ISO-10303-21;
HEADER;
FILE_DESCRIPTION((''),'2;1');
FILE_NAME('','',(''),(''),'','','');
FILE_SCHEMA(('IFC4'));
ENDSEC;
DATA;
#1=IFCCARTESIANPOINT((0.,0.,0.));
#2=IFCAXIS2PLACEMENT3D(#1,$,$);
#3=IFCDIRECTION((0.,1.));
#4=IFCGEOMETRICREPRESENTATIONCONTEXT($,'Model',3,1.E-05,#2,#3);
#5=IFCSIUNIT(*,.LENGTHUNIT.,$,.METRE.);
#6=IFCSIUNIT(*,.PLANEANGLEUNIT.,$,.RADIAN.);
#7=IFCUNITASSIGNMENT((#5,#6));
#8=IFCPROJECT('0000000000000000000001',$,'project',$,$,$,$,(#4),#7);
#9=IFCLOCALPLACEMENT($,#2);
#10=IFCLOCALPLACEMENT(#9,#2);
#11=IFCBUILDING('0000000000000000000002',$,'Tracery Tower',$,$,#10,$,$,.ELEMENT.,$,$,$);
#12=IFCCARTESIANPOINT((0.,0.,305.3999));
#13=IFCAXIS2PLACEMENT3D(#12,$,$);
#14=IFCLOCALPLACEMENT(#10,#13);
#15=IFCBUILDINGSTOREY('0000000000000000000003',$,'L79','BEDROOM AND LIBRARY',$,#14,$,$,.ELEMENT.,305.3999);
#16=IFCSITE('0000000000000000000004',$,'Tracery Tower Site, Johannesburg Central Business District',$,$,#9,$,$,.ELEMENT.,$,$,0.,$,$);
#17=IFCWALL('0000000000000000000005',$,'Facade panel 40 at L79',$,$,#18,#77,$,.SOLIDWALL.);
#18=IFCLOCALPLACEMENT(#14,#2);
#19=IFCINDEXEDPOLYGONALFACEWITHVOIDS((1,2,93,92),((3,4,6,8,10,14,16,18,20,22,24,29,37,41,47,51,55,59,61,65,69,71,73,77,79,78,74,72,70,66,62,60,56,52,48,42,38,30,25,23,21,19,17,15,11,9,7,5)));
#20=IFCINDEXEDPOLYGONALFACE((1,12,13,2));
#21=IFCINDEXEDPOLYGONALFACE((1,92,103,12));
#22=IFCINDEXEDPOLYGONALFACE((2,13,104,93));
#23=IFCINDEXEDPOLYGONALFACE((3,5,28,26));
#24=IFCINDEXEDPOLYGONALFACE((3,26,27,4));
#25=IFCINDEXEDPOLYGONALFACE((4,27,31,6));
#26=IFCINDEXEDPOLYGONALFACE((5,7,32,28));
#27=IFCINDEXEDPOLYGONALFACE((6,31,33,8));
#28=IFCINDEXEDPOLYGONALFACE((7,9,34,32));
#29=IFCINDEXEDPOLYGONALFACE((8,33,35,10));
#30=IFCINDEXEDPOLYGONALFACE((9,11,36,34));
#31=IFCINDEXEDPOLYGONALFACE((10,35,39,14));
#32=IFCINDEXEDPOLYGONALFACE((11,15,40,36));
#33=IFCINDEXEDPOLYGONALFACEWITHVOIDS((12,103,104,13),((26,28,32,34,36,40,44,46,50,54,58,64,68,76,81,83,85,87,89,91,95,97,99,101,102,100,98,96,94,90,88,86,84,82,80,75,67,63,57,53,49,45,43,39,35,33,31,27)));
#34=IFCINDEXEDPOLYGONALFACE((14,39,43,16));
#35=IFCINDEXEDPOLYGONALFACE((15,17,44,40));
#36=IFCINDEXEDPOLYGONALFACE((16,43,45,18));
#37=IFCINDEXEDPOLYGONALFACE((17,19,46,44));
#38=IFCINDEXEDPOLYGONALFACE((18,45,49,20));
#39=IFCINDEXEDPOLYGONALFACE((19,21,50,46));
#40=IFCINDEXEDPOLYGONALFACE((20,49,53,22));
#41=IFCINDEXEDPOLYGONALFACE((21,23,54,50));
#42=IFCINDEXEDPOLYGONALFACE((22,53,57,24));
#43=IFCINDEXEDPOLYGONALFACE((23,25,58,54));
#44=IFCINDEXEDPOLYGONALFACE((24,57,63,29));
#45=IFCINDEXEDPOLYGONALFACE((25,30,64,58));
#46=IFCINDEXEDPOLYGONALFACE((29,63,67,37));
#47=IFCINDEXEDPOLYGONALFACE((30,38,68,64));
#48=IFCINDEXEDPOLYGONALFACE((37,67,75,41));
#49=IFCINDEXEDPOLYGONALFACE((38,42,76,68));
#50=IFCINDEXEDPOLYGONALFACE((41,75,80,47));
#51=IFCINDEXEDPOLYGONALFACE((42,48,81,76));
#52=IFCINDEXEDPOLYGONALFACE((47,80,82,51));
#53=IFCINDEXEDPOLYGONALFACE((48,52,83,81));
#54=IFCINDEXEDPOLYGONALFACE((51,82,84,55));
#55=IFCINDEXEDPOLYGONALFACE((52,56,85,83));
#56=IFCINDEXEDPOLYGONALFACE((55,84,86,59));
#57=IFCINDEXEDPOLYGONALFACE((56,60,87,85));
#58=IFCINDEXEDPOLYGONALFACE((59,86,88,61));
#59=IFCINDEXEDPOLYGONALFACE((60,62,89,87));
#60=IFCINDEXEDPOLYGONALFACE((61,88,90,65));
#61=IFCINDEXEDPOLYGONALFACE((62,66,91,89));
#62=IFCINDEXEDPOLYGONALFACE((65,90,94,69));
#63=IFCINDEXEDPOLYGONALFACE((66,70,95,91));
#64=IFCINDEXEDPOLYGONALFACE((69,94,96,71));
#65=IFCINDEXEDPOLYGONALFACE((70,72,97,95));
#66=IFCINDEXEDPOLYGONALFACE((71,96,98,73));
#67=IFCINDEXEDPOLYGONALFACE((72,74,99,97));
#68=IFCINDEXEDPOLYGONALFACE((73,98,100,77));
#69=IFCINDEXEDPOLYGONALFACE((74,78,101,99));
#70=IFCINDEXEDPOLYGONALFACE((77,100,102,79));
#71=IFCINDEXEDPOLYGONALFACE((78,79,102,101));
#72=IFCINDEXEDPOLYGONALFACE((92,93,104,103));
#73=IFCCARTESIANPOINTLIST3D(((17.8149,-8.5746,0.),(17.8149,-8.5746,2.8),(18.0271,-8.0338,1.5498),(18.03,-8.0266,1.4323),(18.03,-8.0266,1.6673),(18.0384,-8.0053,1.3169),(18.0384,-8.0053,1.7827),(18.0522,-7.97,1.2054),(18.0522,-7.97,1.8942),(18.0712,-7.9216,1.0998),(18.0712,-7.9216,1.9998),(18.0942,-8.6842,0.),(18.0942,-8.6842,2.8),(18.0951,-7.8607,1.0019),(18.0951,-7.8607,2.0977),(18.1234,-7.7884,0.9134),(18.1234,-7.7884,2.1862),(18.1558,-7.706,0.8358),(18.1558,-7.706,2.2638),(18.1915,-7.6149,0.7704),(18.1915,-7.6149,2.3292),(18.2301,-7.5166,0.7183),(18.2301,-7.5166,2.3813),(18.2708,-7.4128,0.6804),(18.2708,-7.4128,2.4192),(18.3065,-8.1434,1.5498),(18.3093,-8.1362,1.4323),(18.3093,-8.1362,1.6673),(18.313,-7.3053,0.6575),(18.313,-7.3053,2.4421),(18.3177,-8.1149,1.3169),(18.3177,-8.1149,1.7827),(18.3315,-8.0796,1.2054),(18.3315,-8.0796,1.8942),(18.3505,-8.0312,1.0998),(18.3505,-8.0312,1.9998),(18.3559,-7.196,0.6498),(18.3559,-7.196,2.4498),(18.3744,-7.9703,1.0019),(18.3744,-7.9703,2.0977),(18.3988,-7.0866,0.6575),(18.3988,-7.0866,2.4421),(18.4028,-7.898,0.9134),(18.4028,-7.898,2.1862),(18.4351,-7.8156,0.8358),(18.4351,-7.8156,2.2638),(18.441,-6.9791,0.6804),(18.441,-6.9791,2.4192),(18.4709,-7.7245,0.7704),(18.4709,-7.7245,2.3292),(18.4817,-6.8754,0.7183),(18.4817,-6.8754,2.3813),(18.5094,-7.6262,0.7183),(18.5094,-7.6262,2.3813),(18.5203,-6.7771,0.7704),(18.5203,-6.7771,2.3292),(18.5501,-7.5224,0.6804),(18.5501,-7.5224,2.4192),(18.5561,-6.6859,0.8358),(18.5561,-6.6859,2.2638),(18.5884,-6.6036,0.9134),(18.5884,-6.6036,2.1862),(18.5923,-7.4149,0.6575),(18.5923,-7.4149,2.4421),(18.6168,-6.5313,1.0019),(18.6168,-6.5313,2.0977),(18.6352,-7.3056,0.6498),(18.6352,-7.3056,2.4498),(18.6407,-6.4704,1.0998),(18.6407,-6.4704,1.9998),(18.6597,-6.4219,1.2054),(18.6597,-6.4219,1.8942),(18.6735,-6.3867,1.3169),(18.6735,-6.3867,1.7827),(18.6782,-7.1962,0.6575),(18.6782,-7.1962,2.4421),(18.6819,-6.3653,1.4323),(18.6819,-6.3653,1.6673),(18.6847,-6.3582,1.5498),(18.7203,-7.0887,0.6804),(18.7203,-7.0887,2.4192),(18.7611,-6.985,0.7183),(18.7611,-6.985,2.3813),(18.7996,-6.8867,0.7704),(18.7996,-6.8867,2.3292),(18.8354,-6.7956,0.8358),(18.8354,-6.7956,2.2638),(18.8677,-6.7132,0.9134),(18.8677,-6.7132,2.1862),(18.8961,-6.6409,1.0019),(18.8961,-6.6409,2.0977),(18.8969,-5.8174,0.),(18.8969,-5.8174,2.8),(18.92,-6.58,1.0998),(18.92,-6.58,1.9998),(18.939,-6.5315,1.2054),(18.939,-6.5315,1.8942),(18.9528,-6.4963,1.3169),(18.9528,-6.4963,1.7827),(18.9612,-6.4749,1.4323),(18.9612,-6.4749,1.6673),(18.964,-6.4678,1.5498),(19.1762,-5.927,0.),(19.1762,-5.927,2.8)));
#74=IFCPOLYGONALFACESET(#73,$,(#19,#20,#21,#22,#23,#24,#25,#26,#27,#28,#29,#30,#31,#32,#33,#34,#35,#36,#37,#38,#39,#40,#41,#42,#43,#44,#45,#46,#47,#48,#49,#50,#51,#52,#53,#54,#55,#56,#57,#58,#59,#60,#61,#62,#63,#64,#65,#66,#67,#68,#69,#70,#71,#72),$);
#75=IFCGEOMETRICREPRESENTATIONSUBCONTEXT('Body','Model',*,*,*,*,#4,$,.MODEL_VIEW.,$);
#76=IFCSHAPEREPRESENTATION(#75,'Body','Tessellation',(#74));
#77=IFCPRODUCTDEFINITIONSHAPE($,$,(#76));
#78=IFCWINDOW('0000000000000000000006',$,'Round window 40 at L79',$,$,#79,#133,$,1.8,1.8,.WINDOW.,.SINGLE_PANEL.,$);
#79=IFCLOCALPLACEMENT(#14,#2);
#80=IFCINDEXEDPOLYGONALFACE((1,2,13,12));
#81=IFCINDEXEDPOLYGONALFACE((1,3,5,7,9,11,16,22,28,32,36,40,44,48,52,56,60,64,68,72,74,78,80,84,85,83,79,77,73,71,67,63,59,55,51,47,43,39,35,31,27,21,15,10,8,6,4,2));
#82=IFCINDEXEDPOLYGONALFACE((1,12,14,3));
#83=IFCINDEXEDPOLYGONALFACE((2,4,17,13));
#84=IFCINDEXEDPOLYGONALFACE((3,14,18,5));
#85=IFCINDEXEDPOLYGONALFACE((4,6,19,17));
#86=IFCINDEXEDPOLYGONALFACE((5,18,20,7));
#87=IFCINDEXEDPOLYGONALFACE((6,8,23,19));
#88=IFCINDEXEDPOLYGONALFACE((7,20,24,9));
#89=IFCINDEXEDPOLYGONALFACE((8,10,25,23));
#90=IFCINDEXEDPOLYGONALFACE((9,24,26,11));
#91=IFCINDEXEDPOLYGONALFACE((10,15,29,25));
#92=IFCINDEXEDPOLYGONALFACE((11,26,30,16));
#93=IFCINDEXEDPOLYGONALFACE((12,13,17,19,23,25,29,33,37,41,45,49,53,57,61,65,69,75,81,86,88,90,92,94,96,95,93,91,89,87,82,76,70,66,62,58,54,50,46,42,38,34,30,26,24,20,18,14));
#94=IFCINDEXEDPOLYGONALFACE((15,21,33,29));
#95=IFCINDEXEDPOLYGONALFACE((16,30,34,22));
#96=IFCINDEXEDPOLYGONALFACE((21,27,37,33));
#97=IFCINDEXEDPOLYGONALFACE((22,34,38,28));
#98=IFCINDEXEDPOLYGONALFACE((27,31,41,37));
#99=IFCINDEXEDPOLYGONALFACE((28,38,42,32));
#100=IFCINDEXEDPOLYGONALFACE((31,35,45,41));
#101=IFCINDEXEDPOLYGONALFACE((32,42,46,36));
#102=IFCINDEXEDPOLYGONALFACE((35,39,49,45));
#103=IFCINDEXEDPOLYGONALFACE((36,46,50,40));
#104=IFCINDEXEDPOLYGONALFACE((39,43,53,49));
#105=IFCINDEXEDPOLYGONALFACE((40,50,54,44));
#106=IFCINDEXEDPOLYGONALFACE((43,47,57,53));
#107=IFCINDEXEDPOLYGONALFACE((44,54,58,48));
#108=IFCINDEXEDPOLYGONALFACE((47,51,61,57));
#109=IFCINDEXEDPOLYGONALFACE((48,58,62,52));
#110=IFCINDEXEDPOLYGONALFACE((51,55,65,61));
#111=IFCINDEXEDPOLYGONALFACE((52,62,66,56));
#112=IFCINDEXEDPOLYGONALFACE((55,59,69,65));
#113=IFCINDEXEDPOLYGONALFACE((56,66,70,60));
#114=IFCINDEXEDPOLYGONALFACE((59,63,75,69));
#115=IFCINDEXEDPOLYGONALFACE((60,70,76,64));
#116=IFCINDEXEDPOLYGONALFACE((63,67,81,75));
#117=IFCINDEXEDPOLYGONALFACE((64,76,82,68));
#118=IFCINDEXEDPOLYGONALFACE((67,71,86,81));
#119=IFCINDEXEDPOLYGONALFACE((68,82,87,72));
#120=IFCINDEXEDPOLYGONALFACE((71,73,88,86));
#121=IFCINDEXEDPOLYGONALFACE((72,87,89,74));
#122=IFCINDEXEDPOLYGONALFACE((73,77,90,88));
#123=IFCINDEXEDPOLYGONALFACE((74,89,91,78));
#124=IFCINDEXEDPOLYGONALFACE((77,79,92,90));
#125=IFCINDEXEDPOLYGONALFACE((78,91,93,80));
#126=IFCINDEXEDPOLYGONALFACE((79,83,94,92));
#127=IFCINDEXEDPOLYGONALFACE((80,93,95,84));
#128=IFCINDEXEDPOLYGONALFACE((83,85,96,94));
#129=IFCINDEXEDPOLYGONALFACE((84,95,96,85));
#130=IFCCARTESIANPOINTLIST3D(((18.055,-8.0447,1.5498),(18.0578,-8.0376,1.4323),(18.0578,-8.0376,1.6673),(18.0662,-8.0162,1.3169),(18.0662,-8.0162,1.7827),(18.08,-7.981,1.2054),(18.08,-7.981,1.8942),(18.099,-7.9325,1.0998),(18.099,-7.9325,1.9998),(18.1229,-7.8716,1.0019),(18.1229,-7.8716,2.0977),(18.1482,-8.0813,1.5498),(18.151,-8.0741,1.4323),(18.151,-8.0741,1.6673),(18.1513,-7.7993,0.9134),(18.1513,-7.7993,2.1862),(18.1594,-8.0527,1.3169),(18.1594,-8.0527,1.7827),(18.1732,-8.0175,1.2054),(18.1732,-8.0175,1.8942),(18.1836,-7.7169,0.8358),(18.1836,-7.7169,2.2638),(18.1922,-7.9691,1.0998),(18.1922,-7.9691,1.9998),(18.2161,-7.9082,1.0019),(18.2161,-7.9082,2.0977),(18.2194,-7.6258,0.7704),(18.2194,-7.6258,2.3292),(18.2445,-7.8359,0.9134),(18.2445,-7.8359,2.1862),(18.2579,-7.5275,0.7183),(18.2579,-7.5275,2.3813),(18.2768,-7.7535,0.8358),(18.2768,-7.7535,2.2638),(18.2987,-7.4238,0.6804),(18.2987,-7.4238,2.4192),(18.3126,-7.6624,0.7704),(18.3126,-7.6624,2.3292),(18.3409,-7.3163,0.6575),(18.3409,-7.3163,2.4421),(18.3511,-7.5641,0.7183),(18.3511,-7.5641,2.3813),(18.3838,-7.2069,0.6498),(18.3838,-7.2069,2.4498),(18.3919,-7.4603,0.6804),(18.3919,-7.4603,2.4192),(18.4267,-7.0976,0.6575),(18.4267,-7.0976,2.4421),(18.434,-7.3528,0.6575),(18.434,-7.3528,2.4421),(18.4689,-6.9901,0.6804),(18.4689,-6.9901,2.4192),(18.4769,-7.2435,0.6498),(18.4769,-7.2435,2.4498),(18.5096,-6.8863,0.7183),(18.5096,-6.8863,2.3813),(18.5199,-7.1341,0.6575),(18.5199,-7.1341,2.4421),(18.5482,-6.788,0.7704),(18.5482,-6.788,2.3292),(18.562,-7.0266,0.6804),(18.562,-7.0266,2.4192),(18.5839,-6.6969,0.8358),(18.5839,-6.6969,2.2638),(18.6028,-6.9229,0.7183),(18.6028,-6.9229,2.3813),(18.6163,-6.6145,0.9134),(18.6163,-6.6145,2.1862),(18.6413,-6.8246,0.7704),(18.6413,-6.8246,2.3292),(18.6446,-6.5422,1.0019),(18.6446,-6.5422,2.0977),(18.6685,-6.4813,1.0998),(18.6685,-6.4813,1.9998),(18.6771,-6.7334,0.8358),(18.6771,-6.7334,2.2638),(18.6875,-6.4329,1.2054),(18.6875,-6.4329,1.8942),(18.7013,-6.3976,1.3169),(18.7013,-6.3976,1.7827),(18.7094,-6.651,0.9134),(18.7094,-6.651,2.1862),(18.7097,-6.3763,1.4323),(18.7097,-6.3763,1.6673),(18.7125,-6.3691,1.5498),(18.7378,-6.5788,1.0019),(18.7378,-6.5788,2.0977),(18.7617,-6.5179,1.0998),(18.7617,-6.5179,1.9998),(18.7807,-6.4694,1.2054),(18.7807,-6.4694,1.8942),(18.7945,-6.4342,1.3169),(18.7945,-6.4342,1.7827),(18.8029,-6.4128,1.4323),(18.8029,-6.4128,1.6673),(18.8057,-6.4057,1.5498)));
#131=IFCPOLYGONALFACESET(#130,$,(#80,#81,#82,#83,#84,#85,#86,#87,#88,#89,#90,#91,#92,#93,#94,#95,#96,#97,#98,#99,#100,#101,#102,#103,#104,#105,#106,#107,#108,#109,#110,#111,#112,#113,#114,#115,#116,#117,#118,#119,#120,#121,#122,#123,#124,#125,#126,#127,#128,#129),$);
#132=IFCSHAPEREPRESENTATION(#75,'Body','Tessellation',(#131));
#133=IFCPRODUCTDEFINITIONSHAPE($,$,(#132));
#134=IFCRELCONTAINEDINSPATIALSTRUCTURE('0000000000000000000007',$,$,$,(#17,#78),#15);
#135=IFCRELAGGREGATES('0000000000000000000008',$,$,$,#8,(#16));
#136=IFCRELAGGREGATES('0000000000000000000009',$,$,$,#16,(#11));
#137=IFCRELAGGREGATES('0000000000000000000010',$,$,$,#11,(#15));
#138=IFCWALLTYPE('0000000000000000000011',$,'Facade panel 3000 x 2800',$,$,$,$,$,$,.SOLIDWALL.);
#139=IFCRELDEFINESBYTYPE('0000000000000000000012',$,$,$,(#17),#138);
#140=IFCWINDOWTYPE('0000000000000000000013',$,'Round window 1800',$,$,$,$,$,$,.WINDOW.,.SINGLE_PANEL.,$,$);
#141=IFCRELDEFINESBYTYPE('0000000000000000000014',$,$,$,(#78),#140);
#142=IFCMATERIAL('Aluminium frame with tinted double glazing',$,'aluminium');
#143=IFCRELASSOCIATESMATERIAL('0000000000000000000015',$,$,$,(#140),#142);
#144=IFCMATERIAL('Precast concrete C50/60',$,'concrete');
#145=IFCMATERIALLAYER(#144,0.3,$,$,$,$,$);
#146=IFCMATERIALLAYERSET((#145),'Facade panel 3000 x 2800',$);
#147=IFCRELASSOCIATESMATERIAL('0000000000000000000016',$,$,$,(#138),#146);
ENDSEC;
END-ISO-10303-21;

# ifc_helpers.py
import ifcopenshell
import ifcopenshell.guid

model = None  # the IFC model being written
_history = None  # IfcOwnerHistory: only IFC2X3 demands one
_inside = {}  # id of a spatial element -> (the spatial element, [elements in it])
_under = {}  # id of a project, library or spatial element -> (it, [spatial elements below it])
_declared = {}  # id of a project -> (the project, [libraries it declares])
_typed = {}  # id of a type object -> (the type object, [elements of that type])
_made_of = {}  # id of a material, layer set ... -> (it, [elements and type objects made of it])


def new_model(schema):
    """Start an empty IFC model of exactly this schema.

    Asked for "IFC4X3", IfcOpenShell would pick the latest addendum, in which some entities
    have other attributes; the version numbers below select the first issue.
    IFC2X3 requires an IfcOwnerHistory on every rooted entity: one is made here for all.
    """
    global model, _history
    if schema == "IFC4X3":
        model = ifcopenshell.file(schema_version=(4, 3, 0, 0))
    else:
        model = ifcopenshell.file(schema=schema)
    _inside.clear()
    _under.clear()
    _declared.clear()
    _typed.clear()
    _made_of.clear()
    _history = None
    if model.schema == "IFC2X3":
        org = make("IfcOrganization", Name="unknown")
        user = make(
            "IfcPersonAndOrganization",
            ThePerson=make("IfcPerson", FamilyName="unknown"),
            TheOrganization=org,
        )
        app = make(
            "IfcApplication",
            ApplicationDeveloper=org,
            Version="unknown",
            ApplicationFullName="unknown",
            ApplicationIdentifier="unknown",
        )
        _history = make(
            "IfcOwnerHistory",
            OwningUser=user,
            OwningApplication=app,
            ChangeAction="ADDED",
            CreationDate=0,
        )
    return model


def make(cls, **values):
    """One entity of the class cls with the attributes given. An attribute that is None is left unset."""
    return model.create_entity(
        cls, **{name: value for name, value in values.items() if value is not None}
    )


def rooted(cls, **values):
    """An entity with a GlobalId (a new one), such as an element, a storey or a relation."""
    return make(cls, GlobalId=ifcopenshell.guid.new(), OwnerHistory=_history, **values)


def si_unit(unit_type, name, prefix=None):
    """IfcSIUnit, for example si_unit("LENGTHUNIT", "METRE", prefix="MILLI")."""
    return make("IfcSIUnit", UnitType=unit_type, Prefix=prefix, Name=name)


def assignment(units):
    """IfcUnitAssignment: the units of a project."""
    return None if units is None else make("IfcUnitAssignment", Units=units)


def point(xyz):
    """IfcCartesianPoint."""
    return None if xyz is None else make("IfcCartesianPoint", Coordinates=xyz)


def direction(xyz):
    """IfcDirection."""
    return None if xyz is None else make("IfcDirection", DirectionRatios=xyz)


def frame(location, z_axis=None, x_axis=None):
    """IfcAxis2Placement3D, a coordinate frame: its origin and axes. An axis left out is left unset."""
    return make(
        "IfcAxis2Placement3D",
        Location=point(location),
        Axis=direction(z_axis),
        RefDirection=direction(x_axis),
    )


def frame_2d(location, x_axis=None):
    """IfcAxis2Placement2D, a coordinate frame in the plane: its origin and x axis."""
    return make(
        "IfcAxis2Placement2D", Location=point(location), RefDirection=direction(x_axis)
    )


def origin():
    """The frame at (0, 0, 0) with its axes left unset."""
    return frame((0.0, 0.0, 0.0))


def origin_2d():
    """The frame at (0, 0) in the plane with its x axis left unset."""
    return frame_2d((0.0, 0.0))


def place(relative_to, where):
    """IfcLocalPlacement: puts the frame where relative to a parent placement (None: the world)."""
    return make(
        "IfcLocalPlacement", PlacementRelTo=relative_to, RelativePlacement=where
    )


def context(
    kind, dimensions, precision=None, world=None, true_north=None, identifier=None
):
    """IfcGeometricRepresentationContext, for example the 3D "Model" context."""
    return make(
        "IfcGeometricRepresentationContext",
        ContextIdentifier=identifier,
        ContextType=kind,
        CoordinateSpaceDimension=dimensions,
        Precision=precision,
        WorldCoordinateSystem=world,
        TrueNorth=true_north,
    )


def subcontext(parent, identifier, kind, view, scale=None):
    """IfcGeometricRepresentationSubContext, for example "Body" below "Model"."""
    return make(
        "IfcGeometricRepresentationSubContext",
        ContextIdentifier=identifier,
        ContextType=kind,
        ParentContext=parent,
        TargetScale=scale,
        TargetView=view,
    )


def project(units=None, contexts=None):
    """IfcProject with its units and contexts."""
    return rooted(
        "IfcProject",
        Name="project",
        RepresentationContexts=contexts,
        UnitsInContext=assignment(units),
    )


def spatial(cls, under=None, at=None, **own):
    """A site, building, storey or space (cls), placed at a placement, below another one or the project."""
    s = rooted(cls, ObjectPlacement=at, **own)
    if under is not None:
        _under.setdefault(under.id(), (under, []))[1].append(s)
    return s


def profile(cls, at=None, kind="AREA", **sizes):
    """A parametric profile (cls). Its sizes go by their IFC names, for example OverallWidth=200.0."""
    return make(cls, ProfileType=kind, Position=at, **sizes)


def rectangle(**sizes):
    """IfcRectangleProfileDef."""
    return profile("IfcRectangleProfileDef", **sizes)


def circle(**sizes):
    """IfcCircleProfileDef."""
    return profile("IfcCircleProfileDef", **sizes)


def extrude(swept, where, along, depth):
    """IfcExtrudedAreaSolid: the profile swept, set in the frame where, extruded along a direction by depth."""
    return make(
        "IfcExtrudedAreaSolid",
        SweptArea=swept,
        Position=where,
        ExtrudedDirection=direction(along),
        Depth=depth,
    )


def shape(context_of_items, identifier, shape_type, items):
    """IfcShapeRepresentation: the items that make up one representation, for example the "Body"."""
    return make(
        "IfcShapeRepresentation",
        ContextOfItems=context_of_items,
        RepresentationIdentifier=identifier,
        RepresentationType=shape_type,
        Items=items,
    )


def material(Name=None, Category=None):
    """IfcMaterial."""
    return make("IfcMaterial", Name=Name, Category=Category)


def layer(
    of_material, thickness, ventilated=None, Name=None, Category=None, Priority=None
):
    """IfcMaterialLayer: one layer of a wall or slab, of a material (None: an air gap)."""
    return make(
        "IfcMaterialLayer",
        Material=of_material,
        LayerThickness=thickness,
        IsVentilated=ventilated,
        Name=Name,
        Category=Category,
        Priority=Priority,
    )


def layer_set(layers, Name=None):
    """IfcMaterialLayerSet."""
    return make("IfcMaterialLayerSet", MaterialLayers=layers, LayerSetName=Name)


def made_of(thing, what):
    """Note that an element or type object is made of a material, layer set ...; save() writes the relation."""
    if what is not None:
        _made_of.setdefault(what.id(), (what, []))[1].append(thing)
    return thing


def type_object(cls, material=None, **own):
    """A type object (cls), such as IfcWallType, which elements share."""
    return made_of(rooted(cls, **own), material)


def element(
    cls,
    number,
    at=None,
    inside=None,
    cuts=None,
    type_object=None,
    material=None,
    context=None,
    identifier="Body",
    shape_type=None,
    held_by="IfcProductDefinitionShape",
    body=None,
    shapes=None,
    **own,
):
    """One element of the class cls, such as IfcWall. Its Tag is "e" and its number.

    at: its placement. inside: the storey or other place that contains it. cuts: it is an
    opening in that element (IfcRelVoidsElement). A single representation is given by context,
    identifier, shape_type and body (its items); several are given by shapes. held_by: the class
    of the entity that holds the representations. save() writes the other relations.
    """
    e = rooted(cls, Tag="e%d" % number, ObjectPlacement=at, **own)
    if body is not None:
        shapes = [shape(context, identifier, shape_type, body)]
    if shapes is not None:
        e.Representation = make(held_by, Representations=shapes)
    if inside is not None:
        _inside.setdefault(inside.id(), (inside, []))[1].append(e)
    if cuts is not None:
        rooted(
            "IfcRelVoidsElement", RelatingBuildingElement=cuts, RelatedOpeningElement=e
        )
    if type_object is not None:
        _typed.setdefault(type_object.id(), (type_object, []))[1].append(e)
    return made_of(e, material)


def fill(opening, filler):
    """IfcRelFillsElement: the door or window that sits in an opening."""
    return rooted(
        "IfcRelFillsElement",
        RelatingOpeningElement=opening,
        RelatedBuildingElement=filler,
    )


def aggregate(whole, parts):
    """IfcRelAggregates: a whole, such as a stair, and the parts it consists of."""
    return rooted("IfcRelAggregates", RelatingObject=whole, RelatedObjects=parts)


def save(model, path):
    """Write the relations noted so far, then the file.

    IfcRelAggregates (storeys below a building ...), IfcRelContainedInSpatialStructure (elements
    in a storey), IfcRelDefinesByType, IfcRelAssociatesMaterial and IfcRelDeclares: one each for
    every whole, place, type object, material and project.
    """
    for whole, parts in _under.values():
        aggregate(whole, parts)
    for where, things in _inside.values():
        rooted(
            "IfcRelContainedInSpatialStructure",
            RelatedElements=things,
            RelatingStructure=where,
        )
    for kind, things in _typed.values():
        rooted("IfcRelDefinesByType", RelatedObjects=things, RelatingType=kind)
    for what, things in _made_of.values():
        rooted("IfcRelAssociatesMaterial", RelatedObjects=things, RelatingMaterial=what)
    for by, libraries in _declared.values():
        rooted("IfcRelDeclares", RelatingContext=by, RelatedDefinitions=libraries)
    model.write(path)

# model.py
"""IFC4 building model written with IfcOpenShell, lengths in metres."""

from ifc_helpers import new_model, si_unit, direction, frame, frame_2d, origin, origin_2d, place, context, subcontext, project, spatial, rectangle, circle, extrude, material, layer, layer_set, type_object, element, fill, save


model = new_model("IFC4")

# Units and contexts
model_context = context("Model", 3, precision=1e-05, world=origin(), true_north=direction((0.0, 1.0)))
body_context = subcontext(model_context, "Body", "Model", "MODEL_VIEW")
ifc_project = project(units=[si_unit("LENGTHUNIT", "METRE"), si_unit("PLANEANGLEUNIT", "RADIAN")], contexts=[model_context])

# Site, building, storey
site_placement = place(None, origin())
site = spatial("IfcSite", under=ifc_project, at=site_placement, Name="Tracery Tower Site, Johannesburg Central Business District", CompositionType="ELEMENT", RefElevation=0.0)
building_placement = place(site_placement, origin())
building = spatial("IfcBuilding", under=site, at=building_placement, Name="Tracery Tower", CompositionType="ELEMENT")
storey_placement = place(building_placement, frame((0.0, 0.0, 305.3999)))
storey = spatial("IfcBuildingStorey", under=building, at=storey_placement, Name="L79", Description="BEDROOM AND LIBRARY", CompositionType="ELEMENT", Elevation=305.3999)

# Wall, opening, window
ifc_material_1 = material(Name="Aluminium frame with tinted double glazing", Category="aluminium")
window_type = type_object("IfcWindowType", Name="Round window 1800", PartitioningType="SINGLE_PANEL", PredefinedType="WINDOW", material=ifc_material_1)
ifc_material_2 = material(Name="Precast concrete C50/60", Category="concrete")
ifc_layer_1 = layer(ifc_material_2, 0.3)
ifc_layer_set_1 = layer_set([ifc_layer_1], Name="Facade panel 3000 x 2800")
wall_type_1 = type_object("IfcWallType", Name="Facade panel 3000 x 2800", PredefinedType="SOLIDWALL", material=ifc_layer_set_1)
wall_1_placement = place(storey_placement, frame((17.9546, -8.6294, 0.0), z_axis=(0.0, 0.0, 1.0), x_axis=(0.3653, 0.93089, 0.0)))
wall_1 = element("IfcWall", 1, at=wall_1_placement, inside=storey, type_object=wall_type_1, Name="Facade panel 40 at L79", PredefinedType="SOLIDWALL", context=body_context, shape_type="SweptSolid", body=[
    extrude(rectangle(XDim=2.9619, YDim=0.3, at=frame_2d((1.481, 0.0))), origin(), (0.0, 0.0, 1.0), 2.8),
])
opening_1_placement = place(wall_1_placement, frame((1.481, 0.0, 1.5498)))
opening_1 = element("IfcOpeningElement", 2, at=opening_1_placement, cuts=wall_1, PredefinedType="OPENING", context=body_context, shape_type="SweptSolid", body=[
    extrude(circle(Radius=0.9, at=origin_2d()), frame((0.0, 0.1599, 0.0), z_axis=(0.0, -1.0, 0.0), x_axis=(1.0, 0.0, 0.0)), (0.0, 0.0, 1.0), 0.3201),
])
window_1_placement = place(opening_1_placement, origin())
window_1 = element("IfcWindow", 3, at=window_1_placement, inside=storey, type_object=window_type, Name="Round window 40 at L79", OverallHeight=1.8, OverallWidth=1.8, PartitioningType="SINGLE_PANEL", PredefinedType="WINDOW", context=body_context, shape_type="SweptSolid", body=[
    extrude(circle(Radius=0.9, at=origin_2d()), frame((0.0, 0.1201, 0.0), z_axis=(0.0, -1.0, 0.0), x_axis=(1.0, 0.0, 0.0)), (0.0, 0.0, 1.0), 0.1001),
])
fill(opening_1, window_1)

save(model, "model.ifc")
